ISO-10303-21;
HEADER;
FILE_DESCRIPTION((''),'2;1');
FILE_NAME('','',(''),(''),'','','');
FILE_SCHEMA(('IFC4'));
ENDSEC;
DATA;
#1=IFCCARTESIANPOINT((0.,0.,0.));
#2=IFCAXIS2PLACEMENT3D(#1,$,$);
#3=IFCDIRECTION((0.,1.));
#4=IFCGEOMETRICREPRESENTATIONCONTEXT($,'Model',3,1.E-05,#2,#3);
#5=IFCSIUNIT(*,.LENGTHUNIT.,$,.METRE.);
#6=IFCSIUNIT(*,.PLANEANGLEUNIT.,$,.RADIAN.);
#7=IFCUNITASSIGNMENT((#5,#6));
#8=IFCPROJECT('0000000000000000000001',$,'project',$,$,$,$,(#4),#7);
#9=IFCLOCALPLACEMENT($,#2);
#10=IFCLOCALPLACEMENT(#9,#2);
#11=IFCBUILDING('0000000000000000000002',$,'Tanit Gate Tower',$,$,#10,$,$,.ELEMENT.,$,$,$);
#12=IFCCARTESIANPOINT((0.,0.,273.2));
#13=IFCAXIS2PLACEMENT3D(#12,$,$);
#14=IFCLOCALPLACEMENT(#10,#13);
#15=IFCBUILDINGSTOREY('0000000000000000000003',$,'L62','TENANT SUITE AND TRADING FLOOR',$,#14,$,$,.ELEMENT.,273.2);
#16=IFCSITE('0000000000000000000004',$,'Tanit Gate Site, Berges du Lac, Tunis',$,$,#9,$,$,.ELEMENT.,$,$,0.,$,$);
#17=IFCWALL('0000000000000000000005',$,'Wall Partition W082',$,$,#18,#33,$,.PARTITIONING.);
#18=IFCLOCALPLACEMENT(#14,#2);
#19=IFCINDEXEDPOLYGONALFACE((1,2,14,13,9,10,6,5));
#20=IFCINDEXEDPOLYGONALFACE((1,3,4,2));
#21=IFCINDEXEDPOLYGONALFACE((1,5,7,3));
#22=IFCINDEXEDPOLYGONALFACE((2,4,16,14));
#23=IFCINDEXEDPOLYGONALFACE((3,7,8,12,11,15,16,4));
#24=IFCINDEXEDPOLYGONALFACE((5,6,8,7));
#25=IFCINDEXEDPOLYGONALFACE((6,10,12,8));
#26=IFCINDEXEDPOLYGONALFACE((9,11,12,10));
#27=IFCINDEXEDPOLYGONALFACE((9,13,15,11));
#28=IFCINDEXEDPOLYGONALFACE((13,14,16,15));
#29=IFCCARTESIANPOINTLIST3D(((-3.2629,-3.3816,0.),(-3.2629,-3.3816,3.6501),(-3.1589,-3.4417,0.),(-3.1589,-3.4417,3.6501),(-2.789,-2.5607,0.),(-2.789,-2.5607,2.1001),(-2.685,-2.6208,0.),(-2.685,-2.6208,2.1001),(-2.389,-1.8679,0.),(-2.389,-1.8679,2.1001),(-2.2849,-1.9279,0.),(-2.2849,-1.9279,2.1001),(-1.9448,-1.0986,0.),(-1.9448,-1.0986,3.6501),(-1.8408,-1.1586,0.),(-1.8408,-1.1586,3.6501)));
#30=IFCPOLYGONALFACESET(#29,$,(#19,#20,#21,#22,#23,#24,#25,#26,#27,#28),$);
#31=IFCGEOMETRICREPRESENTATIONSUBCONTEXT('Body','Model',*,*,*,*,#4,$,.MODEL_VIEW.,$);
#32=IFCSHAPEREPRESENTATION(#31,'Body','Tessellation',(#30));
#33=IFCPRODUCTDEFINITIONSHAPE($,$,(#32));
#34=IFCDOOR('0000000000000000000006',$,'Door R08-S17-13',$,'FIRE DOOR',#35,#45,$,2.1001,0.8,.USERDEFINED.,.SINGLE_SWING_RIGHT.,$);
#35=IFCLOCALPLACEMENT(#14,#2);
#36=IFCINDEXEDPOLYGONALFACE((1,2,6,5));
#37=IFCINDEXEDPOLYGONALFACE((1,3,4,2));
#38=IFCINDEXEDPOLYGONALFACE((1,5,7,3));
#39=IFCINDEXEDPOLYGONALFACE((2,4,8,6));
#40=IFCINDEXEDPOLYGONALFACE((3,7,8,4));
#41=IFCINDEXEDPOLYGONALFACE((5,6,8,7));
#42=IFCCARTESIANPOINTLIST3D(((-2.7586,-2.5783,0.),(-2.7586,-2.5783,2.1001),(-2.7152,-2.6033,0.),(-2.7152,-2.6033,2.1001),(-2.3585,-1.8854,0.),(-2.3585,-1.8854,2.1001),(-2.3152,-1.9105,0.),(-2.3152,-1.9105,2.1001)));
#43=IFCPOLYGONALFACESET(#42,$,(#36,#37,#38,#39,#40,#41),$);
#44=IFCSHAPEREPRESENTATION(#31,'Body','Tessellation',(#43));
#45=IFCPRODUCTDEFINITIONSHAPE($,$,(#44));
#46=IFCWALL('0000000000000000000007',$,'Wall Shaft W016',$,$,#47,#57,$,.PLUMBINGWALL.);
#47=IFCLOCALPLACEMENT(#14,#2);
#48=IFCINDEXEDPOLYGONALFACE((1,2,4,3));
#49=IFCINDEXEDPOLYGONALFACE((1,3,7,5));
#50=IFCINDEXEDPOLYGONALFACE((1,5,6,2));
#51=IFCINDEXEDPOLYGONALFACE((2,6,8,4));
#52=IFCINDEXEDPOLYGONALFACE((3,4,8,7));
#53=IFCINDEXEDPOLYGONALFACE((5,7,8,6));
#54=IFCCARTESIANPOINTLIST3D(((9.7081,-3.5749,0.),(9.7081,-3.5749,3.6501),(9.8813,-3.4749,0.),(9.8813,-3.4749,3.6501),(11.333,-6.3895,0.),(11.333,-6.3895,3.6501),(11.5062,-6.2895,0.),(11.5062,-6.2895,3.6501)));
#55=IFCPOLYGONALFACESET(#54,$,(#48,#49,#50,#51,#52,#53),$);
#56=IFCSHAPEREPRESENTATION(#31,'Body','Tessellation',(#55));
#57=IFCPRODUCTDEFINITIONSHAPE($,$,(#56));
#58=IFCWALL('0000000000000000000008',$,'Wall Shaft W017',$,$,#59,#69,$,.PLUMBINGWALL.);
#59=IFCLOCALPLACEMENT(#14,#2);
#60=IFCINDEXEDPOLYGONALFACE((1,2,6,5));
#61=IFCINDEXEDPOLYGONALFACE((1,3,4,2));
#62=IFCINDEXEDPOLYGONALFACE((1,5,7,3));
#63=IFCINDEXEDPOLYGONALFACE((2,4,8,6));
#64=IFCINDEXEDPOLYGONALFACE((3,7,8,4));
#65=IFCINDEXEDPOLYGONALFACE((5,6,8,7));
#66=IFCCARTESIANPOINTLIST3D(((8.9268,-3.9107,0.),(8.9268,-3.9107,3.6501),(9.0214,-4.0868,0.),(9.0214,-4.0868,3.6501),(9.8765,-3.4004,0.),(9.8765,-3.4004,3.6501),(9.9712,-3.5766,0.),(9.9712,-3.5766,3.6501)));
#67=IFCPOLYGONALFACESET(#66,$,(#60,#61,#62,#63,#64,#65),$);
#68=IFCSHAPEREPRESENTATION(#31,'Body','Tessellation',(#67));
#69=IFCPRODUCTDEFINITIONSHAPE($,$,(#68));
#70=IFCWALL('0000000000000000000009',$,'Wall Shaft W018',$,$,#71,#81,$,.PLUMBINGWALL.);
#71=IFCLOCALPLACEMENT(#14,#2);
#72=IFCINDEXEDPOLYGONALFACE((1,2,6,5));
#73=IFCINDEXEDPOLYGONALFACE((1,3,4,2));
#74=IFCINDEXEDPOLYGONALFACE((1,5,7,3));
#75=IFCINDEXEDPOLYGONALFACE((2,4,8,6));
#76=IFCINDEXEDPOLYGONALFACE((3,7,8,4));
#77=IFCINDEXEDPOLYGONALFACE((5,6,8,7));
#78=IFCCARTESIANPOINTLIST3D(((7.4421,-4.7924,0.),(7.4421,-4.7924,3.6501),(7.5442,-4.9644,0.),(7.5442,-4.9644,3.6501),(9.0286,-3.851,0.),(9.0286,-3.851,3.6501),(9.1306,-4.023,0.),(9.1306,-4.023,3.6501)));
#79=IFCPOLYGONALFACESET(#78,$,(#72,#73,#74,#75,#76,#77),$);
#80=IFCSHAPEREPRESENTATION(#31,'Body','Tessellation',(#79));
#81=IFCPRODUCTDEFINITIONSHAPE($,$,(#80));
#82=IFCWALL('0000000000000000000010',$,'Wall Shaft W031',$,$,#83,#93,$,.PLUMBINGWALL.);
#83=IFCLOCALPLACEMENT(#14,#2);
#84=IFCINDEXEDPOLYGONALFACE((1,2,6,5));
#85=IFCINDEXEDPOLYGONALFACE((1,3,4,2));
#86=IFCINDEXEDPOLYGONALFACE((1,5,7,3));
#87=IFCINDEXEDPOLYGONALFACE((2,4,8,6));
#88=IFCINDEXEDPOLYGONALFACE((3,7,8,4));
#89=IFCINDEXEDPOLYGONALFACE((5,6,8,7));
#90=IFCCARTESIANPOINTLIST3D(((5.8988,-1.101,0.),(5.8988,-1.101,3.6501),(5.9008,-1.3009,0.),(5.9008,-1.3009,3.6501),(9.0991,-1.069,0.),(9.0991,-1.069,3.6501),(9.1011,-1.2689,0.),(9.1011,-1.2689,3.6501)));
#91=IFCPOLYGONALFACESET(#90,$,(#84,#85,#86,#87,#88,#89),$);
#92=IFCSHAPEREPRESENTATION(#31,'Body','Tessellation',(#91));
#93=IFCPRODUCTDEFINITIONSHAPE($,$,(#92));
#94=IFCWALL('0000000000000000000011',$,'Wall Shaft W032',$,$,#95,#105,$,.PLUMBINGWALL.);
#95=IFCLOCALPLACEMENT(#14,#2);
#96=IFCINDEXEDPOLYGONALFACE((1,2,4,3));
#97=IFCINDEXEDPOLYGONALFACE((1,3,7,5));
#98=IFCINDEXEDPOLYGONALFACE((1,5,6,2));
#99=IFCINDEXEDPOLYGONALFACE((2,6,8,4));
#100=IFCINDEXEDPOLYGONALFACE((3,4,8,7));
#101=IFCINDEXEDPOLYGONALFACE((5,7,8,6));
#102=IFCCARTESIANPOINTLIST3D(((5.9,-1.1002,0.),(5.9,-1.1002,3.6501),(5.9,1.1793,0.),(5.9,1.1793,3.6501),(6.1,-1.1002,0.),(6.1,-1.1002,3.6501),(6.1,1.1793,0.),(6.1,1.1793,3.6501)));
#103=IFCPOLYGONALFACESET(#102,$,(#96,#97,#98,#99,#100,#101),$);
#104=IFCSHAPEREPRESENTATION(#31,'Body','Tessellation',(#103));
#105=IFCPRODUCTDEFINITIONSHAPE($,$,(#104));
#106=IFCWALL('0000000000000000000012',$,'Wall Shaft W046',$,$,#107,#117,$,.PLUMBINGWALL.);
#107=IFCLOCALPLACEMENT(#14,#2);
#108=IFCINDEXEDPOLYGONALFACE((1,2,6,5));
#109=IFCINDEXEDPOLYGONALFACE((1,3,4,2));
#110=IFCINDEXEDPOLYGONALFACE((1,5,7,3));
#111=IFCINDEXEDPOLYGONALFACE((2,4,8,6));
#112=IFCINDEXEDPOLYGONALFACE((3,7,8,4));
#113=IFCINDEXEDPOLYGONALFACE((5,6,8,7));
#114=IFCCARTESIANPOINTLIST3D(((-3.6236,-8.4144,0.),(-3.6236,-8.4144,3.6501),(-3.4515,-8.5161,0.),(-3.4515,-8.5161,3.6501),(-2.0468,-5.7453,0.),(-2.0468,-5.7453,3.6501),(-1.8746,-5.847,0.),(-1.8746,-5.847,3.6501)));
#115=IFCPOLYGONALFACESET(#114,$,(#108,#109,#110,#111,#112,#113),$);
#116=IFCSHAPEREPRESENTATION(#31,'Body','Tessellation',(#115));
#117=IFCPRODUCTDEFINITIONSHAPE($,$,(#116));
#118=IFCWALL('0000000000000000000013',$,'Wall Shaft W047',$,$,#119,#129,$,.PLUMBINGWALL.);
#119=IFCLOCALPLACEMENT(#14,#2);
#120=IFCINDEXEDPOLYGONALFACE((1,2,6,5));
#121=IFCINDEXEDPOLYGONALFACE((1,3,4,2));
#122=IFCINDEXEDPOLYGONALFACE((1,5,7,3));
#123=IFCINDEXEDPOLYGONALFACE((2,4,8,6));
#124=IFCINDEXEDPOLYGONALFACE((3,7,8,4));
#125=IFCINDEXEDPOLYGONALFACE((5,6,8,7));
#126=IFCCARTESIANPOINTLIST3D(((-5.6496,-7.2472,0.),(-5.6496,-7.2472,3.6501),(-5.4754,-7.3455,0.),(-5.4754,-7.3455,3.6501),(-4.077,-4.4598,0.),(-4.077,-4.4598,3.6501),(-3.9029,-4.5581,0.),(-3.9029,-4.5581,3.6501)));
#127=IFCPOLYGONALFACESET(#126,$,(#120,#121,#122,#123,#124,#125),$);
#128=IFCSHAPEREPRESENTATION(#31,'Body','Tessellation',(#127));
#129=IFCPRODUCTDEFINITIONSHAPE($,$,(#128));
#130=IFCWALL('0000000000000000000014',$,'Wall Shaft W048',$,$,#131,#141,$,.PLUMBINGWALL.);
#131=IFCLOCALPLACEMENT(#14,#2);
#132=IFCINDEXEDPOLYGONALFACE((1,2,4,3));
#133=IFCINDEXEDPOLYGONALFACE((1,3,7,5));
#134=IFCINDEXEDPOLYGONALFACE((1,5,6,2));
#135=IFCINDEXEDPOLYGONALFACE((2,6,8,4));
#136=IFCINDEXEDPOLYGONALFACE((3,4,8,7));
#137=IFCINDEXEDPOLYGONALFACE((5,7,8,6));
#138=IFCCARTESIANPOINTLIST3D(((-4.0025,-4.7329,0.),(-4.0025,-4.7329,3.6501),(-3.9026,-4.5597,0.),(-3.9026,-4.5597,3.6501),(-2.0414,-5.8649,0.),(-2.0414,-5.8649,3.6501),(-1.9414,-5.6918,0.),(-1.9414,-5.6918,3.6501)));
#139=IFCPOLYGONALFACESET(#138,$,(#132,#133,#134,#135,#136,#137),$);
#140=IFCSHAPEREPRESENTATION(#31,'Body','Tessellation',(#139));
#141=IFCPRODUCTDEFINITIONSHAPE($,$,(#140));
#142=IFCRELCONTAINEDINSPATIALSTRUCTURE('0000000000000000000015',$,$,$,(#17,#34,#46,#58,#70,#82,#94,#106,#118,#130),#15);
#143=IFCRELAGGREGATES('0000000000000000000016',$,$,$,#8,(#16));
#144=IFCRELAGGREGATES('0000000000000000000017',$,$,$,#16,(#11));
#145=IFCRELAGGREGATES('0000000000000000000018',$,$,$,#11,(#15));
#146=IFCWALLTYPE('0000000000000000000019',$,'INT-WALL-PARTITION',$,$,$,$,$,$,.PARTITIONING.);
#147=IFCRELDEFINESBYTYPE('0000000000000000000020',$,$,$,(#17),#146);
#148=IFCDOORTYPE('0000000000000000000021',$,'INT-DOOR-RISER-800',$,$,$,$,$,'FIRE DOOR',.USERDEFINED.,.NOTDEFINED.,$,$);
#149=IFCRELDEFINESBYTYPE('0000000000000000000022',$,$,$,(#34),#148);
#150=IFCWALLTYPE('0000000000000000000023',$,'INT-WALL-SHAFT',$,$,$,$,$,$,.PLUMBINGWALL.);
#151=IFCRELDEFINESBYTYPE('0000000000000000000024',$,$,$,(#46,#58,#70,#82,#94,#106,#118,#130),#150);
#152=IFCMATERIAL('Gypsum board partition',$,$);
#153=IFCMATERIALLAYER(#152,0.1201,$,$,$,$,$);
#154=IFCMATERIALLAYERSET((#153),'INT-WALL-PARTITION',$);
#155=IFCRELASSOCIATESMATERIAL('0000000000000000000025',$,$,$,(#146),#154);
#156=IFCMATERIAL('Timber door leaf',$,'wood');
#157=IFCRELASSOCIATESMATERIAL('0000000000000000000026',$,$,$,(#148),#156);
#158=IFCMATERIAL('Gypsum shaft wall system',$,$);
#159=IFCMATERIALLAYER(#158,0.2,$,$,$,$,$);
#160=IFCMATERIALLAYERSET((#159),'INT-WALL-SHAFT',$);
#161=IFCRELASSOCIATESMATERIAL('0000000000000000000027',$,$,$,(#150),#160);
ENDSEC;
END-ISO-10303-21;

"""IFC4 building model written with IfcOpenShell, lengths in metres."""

from ifc_helpers import new_model, si_unit, direction, frame, frame_2d, origin, place, context, subcontext, project, spatial, rectangle, extrude, material, layer, layer_set, type_object, element, fill, save


model = new_model("IFC4")

# Units and contexts
model_context = context("Model", 3, precision=1e-05, world=origin(), true_north=direction((0.0, 1.0)))
body_context = subcontext(model_context, "Body", "Model", "MODEL_VIEW")
ifc_project = project(units=[si_unit("LENGTHUNIT", "METRE"), si_unit("PLANEANGLEUNIT", "RADIAN")], contexts=[model_context])

# Site, building, storey
site_placement = place(None, origin())
site = spatial("IfcSite", under=ifc_project, at=site_placement, Name="Tanit Gate Site, Berges du Lac, Tunis", CompositionType="ELEMENT", RefElevation=0.0)
building_placement = place(site_placement, origin())
building = spatial("IfcBuilding", under=site, at=building_placement, Name="Tanit Gate Tower", CompositionType="ELEMENT")
storey_placement = place(building_placement, frame((0.0, 0.0, 273.2)))
storey = spatial("IfcBuildingStorey", under=building, at=storey_placement, Name="L62", Description="TENANT SUITE AND TRADING FLOOR", CompositionType="ELEMENT", Elevation=273.2)

# Shared definitions
ifc_material_1 = material(Name="Gypsum board partition")
ifc_layer_1 = layer(ifc_material_1, 0.1201)
ifc_layer_set_1 = layer_set([ifc_layer_1], Name="INT-WALL-PARTITION")
wall_type_1 = type_object("IfcWallType", Name="INT-WALL-PARTITION", PredefinedType="PARTITIONING", material=ifc_layer_set_1)
ifc_material_2 = material(Name="Timber door leaf", Category="wood")
door_type_1 = type_object("IfcDoorType", Name="INT-DOOR-RISER-800", ElementType="FIRE DOOR", OperationType="NOTDEFINED", PredefinedType="USERDEFINED", material=ifc_material_2)

# Wall, opening, door
wall_1_placement = place(storey_placement, frame((-3.2109, -3.4116, 0.0), z_axis=(0.0, 0.0, 1.0), x_axis=(0.500014, 0.866017, 0.0)))
wall_1 = element("IfcWall", 1, at=wall_1_placement, inside=storey, type_object=wall_type_1, Name="Wall Partition W082", PredefinedType="PARTITIONING", context=body_context, shape_type="SweptSolid", body=[
    extrude(rectangle(XDim=2.6362, YDim=0.1201, at=frame_2d((1.3181, 0.0))), origin(), (0.0, 0.0, 1.0), 3.6501),
])
opening_1_placement = place(wall_1_placement, frame((0.948, 0.0, 0.0)))
opening_1 = element("IfcOpeningElement", 2, at=opening_1_placement, cuts=wall_1, PredefinedType="OPENING", context=body_context, shape_type="SweptSolid", body=[
    extrude(rectangle(XDim=0.8, YDim=2.1001, at=frame_2d((0.3999, 1.05))), frame((0.0, 0.0701, 0.0), z_axis=(0.0, -1.0, 0.0), x_axis=(1.0, 0.0, 0.0)), (0.0, 0.0, 1.0), 0.1401),
])
door_1_placement = place(opening_1_placement, origin())
door_1 = element("IfcDoor", 3, at=door_1_placement, inside=storey, type_object=door_type_1, Name="Door R08-S17-13", ObjectType="FIRE DOOR", OperationType="SINGLE_SWING_RIGHT", OverallHeight=2.1001, OverallWidth=0.8, PredefinedType="USERDEFINED", context=body_context, shape_type="SweptSolid", body=[
    extrude(rectangle(XDim=0.8, YDim=2.1001, at=frame_2d((0.3999, 1.05))), frame((0.0, 0.0249, 0.0), z_axis=(0.0, -1.0, 0.0), x_axis=(1.0, 0.0, 0.0)), (0.0, 0.0, 1.0), 0.05),
])
fill(opening_1, door_1)

# Walls
ifc_material_3 = material(Name="Gypsum shaft wall system")
ifc_layer_2 = layer(ifc_material_3, 0.2)
ifc_layer_set_2 = layer_set([ifc_layer_2], Name="INT-WALL-SHAFT")
wall_type_2 = type_object("IfcWallType", Name="INT-WALL-SHAFT", PredefinedType="PLUMBINGWALL", material=ifc_layer_set_2)
wall_2_placement = place(storey_placement, frame((9.7947, -3.5249, 0.0), z_axis=(0.0, 0.0, 1.0), x_axis=(0.499985, -0.866034, 0.0)))
element("IfcWall", 4, at=wall_2_placement, inside=storey, type_object=wall_type_2, Name="Wall Shaft W016", PredefinedType="PLUMBINGWALL", context=body_context, shape_type="SweptSolid", body=[
    extrude(rectangle(XDim=3.25, YDim=0.2, at=frame_2d((1.625, 0.0))), origin(), (0.0, 0.0, 1.0), 3.6501),
])
wall_3_placement = place(storey_placement, frame((8.9741, -3.9988, 0.0), z_axis=(0.0, 0.0, 1.0), x_axis=(0.880907, 0.473289, 0.0)))
element("IfcWall", 5, at=wall_3_placement, inside=storey, type_object=wall_type_2, Name="Wall Shaft W017", PredefinedType="PLUMBINGWALL", context=body_context, shape_type="SweptSolid", body=[
    extrude(rectangle(XDim=1.0781, YDim=0.2, at=frame_2d((0.5391, 0.0))), origin(), (0.0, 0.0, 1.0), 3.6501),
])
wall_4_placement = place(storey_placement, frame((7.4932, -4.8784, 0.0), z_axis=(0.0, 0.0, 1.0), x_axis=(0.859982, 0.510325, 0.0)))
element("IfcWall", 6, at=wall_4_placement, inside=storey, type_object=wall_type_2, Name="Wall Shaft W018", PredefinedType="PLUMBINGWALL", context=body_context, shape_type="SweptSolid", body=[
    extrude(rectangle(XDim=1.8447, YDim=0.2, at=frame_2d((0.9224, 0.0))), origin(), (0.0, 0.0, 1.0), 3.6501),
])
wall_5_placement = place(storey_placement, frame((5.8999, -1.2009, 0.0), z_axis=(0.0, 0.0, 1.0), x_axis=(0.99995, 0.009993, 0.0)))
element("IfcWall", 7, at=wall_5_placement, inside=storey, type_object=wall_type_2, Name="Wall Shaft W031", PredefinedType="PLUMBINGWALL", context=body_context, shape_type="SweptSolid", body=[
    extrude(rectangle(XDim=3.2004, YDim=0.2, at=frame_2d((1.6001, 0.0))), origin(), (0.0, 0.0, 1.0), 3.6501),
])
wall_6_placement = place(storey_placement, frame((6.0, -1.1001, 0.0), z_axis=(0.0, 0.0, 1.0), x_axis=(0.0, 1.0, 0.0)))
element("IfcWall", 8, at=wall_6_placement, inside=storey, type_object=wall_type_2, Name="Wall Shaft W032", PredefinedType="PLUMBINGWALL", context=body_context, shape_type="SweptSolid", body=[
    extrude(rectangle(XDim=2.2795, YDim=0.2, at=frame_2d((1.1396, 0.0))), origin(), (0.0, 0.0, 1.0), 3.6501),
])

# Walls
wall_7_placement = place(storey_placement, frame((-1.9607, -5.7961, 0.0), z_axis=(0.0, 0.0, 1.0), x_axis=(-0.508647, -0.860975, 0.0)))
element("IfcWall", 9, at=wall_7_placement, inside=storey, type_object=wall_type_2, Name="Wall Shaft W046", PredefinedType="PLUMBINGWALL", context=body_context, shape_type="SweptSolid", body=[
    extrude(rectangle(XDim=3.1001, YDim=0.2, at=frame_2d((1.55, 0.0))), origin(), (0.0, 0.0, 1.0), 3.6501),
])
wall_8_placement = place(storey_placement, frame((-3.99, -4.509, 0.0), z_axis=(0.0, 0.0, 1.0), x_axis=(-0.491358, -0.870958, 0.0)))
element("IfcWall", 10, at=wall_8_placement, inside=storey, type_object=wall_type_2, Name="Wall Shaft W047", PredefinedType="PLUMBINGWALL", context=body_context, shape_type="SweptSolid", body=[
    extrude(rectangle(XDim=3.2004, YDim=0.2, at=frame_2d((1.6001, 0.0))), origin(), (0.0, 0.0, 1.0), 3.6501),
])
wall_9_placement = place(storey_placement, frame((-3.9526, -4.6462, 0.0), z_axis=(0.0, 0.0, 1.0), x_axis=(0.866065, -0.499931, 0.0)))
element("IfcWall", 11, at=wall_9_placement, inside=storey, type_object=wall_type_2, Name="Wall Shaft W048", PredefinedType="PLUMBINGWALL", context=body_context, shape_type="SweptSolid", body=[
    extrude(rectangle(XDim=2.2644, YDim=0.2, at=frame_2d((1.1323, 0.0))), origin(), (0.0, 0.0, 1.0), 3.6501),
])

save(model, "model.ifc")
